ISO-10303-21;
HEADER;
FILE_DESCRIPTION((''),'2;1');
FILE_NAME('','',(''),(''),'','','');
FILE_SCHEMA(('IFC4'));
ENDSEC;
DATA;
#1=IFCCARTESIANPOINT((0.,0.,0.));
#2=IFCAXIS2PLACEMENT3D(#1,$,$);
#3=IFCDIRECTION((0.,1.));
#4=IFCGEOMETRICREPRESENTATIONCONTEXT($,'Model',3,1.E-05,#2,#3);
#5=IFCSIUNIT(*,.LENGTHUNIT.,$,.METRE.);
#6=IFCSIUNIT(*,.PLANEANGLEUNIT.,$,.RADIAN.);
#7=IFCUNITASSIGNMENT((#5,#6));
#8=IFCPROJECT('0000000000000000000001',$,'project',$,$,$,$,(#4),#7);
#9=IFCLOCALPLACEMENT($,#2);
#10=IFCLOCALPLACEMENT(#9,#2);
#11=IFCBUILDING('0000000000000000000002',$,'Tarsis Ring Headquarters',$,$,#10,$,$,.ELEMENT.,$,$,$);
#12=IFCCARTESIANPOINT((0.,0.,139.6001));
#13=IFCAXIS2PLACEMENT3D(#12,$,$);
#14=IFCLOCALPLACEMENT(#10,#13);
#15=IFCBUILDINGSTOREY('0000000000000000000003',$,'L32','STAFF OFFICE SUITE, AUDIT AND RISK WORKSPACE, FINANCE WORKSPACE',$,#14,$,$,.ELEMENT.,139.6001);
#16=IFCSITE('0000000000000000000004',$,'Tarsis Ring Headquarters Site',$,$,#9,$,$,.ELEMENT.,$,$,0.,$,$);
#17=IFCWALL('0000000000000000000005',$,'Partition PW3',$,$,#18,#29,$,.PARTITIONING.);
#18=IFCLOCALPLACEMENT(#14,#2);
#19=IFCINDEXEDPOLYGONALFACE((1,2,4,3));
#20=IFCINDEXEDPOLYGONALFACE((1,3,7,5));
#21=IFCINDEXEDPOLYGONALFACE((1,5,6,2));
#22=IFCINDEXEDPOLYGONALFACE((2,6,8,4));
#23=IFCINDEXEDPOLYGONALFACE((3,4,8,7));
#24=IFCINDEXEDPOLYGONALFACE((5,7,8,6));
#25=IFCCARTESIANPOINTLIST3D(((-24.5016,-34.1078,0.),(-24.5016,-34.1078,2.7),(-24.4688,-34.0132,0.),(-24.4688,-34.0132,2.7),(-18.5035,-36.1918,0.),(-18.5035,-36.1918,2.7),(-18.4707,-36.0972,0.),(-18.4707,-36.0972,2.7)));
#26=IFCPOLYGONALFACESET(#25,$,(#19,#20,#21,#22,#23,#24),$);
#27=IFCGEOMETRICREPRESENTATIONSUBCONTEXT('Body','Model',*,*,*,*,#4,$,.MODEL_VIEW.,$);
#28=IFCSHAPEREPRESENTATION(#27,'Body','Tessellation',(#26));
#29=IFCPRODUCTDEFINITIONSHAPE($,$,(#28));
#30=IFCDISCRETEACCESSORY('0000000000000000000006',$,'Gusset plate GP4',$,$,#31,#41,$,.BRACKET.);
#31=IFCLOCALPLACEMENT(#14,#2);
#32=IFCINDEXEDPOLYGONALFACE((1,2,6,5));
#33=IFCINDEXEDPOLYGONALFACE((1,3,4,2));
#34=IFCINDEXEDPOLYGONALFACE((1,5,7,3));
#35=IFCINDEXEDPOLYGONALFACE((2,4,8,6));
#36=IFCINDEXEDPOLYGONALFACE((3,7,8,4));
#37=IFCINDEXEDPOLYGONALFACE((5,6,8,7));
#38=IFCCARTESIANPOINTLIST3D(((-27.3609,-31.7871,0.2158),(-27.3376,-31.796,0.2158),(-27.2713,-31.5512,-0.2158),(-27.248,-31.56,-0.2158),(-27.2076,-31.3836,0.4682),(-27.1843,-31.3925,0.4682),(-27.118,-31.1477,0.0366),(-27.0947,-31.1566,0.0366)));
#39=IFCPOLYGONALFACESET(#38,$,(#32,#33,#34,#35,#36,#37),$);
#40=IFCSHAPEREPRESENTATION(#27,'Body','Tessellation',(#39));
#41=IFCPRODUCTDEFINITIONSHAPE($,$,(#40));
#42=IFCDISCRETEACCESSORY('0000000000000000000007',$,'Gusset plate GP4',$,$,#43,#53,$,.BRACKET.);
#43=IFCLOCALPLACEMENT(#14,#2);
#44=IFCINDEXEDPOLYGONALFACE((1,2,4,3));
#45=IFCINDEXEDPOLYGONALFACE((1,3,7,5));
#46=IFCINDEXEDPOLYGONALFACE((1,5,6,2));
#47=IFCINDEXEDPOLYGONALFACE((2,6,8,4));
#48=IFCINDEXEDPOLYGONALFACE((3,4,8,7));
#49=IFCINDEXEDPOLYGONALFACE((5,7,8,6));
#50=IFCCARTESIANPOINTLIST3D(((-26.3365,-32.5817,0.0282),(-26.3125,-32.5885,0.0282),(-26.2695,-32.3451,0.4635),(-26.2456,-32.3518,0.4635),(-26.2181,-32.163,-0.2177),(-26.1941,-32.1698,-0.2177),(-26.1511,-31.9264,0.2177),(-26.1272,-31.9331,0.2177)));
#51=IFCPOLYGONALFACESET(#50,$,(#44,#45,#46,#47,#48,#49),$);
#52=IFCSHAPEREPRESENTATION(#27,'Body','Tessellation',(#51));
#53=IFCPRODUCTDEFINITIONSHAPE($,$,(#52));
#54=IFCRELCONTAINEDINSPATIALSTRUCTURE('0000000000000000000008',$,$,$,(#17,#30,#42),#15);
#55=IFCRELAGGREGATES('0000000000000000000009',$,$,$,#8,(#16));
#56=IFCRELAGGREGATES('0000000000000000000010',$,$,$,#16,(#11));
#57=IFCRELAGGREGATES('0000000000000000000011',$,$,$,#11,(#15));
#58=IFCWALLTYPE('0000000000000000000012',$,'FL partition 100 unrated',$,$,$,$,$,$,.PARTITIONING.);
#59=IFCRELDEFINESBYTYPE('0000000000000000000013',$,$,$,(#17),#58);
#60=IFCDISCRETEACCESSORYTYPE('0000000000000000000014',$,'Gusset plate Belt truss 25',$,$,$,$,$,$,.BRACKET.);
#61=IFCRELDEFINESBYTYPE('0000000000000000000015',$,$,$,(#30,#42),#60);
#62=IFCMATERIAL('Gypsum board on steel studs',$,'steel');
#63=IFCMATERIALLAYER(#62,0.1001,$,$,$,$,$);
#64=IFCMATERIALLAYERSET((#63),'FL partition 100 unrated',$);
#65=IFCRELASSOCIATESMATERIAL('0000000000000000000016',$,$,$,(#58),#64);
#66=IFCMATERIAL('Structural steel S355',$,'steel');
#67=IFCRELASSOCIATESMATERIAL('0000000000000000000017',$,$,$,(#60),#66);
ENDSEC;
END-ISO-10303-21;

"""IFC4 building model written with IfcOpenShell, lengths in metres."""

from ifc_helpers import new_model, si_unit, direction, frame, frame_2d, origin, origin_2d, place, context, subcontext, project, spatial, rectangle, extrude, material, layer, layer_set, material_profile, profile_set, type_object, element, save


model = new_model("IFC4")

# Units and contexts
model_context = context("Model", 3, precision=1e-05, world=origin(), true_north=direction((0.0, 1.0)))
body_context = subcontext(model_context, "Body", "Model", "MODEL_VIEW")
ifc_project = project(units=[si_unit("LENGTHUNIT", "METRE"), si_unit("PLANEANGLEUNIT", "RADIAN")], contexts=[model_context])

# Site, building, storey
site_placement = place(None, origin())
site = spatial("IfcSite", under=ifc_project, at=site_placement, Name="Tarsis Ring Headquarters Site", CompositionType="ELEMENT", RefElevation=0.0)
building_placement = place(site_placement, origin())
building = spatial("IfcBuilding", under=site, at=building_placement, Name="Tarsis Ring Headquarters", CompositionType="ELEMENT")
storey_placement = place(building_placement, frame((0.0, 0.0, 139.6001)))
storey = spatial("IfcBuildingStorey", under=building, at=storey_placement, Name="L32", Description="STAFF OFFICE SUITE, AUDIT AND RISK WORKSPACE, FINANCE WORKSPACE", CompositionType="ELEMENT", Elevation=139.6001)

# Shared definitions
ifc_material_1 = material(Name="Structural steel S355", Category="steel")

# Wall
ifc_material_2 = material(Name="Gypsum board on steel studs", Category="steel")
ifc_layer_1 = layer(ifc_material_2, 0.1001)
ifc_layer_set_1 = layer_set([ifc_layer_1], Name="FL partition 100 unrated")
wall_type = type_object("IfcWallType", Name="FL partition 100 unrated", PredefinedType="PARTITIONING", material=ifc_layer_set_1)
wall_placement = place(storey_placement, frame((-24.4851, -34.0605, 0.0), z_axis=(0.0, 0.0, 1.0), x_axis=(0.944609, -0.328198, 0.0)))
element("IfcWall", 1, at=wall_placement, inside=storey, type_object=wall_type, Name="Partition PW3", PredefinedType="PARTITIONING", context=body_context, shape_type="SweptSolid", body=[
    extrude(rectangle(XDim=6.3499, YDim=0.1001, at=frame_2d((3.1748, 0.0))), origin(), (0.0, 0.0, 1.0), 2.7),
])

# Discrete accessories
ifc_material_profile_1 = material_profile(ifc_material_1, rectangle(XDim=0.0249, YDim=0.5, at=origin_2d()), Name="PL 25x500")
ifc_profile_set_1 = profile_set([ifc_material_profile_1], Name="Structural steel S355")
discrete_accessory_type = type_object("IfcDiscreteAccessoryType", Name="Gusset plate Belt truss 25", PredefinedType="BRACKET", material=ifc_profile_set_1)
discrete_accessory_1_placement = place(storey_placement, frame((-27.3044, -31.6736, 0.0), z_axis=(0.306581, 0.806971, 0.504784), x_axis=(-0.93481, 0.355149, 0.0)))
element("IfcDiscreteAccessory", 2, at=discrete_accessory_1_placement, inside=storey, type_object=discrete_accessory_type, Name="Gusset plate GP4", PredefinedType="BRACKET", context=body_context, shape_type="SweptSolid", body=[
    extrude(rectangle(XDim=0.0249, YDim=0.5, at=origin_2d()), origin(), (0.0, 0.0, 1.0), 0.5),
])
discrete_accessory_2_placement = place(storey_placement, frame((-26.1726, -32.0481, 0.0), z_axis=(-0.236924, -0.837782, 0.491922), x_axis=(0.962262, -0.272126, 0.0)))
element("IfcDiscreteAccessory", 3, at=discrete_accessory_2_placement, inside=storey, type_object=discrete_accessory_type, Name="Gusset plate GP4", PredefinedType="BRACKET", context=body_context, shape_type="SweptSolid", body=[
    extrude(rectangle(XDim=0.0249, YDim=0.5, at=origin_2d()), origin(), (0.0, 0.0, 1.0), 0.4998),
])

save(model, "model.ifc")
